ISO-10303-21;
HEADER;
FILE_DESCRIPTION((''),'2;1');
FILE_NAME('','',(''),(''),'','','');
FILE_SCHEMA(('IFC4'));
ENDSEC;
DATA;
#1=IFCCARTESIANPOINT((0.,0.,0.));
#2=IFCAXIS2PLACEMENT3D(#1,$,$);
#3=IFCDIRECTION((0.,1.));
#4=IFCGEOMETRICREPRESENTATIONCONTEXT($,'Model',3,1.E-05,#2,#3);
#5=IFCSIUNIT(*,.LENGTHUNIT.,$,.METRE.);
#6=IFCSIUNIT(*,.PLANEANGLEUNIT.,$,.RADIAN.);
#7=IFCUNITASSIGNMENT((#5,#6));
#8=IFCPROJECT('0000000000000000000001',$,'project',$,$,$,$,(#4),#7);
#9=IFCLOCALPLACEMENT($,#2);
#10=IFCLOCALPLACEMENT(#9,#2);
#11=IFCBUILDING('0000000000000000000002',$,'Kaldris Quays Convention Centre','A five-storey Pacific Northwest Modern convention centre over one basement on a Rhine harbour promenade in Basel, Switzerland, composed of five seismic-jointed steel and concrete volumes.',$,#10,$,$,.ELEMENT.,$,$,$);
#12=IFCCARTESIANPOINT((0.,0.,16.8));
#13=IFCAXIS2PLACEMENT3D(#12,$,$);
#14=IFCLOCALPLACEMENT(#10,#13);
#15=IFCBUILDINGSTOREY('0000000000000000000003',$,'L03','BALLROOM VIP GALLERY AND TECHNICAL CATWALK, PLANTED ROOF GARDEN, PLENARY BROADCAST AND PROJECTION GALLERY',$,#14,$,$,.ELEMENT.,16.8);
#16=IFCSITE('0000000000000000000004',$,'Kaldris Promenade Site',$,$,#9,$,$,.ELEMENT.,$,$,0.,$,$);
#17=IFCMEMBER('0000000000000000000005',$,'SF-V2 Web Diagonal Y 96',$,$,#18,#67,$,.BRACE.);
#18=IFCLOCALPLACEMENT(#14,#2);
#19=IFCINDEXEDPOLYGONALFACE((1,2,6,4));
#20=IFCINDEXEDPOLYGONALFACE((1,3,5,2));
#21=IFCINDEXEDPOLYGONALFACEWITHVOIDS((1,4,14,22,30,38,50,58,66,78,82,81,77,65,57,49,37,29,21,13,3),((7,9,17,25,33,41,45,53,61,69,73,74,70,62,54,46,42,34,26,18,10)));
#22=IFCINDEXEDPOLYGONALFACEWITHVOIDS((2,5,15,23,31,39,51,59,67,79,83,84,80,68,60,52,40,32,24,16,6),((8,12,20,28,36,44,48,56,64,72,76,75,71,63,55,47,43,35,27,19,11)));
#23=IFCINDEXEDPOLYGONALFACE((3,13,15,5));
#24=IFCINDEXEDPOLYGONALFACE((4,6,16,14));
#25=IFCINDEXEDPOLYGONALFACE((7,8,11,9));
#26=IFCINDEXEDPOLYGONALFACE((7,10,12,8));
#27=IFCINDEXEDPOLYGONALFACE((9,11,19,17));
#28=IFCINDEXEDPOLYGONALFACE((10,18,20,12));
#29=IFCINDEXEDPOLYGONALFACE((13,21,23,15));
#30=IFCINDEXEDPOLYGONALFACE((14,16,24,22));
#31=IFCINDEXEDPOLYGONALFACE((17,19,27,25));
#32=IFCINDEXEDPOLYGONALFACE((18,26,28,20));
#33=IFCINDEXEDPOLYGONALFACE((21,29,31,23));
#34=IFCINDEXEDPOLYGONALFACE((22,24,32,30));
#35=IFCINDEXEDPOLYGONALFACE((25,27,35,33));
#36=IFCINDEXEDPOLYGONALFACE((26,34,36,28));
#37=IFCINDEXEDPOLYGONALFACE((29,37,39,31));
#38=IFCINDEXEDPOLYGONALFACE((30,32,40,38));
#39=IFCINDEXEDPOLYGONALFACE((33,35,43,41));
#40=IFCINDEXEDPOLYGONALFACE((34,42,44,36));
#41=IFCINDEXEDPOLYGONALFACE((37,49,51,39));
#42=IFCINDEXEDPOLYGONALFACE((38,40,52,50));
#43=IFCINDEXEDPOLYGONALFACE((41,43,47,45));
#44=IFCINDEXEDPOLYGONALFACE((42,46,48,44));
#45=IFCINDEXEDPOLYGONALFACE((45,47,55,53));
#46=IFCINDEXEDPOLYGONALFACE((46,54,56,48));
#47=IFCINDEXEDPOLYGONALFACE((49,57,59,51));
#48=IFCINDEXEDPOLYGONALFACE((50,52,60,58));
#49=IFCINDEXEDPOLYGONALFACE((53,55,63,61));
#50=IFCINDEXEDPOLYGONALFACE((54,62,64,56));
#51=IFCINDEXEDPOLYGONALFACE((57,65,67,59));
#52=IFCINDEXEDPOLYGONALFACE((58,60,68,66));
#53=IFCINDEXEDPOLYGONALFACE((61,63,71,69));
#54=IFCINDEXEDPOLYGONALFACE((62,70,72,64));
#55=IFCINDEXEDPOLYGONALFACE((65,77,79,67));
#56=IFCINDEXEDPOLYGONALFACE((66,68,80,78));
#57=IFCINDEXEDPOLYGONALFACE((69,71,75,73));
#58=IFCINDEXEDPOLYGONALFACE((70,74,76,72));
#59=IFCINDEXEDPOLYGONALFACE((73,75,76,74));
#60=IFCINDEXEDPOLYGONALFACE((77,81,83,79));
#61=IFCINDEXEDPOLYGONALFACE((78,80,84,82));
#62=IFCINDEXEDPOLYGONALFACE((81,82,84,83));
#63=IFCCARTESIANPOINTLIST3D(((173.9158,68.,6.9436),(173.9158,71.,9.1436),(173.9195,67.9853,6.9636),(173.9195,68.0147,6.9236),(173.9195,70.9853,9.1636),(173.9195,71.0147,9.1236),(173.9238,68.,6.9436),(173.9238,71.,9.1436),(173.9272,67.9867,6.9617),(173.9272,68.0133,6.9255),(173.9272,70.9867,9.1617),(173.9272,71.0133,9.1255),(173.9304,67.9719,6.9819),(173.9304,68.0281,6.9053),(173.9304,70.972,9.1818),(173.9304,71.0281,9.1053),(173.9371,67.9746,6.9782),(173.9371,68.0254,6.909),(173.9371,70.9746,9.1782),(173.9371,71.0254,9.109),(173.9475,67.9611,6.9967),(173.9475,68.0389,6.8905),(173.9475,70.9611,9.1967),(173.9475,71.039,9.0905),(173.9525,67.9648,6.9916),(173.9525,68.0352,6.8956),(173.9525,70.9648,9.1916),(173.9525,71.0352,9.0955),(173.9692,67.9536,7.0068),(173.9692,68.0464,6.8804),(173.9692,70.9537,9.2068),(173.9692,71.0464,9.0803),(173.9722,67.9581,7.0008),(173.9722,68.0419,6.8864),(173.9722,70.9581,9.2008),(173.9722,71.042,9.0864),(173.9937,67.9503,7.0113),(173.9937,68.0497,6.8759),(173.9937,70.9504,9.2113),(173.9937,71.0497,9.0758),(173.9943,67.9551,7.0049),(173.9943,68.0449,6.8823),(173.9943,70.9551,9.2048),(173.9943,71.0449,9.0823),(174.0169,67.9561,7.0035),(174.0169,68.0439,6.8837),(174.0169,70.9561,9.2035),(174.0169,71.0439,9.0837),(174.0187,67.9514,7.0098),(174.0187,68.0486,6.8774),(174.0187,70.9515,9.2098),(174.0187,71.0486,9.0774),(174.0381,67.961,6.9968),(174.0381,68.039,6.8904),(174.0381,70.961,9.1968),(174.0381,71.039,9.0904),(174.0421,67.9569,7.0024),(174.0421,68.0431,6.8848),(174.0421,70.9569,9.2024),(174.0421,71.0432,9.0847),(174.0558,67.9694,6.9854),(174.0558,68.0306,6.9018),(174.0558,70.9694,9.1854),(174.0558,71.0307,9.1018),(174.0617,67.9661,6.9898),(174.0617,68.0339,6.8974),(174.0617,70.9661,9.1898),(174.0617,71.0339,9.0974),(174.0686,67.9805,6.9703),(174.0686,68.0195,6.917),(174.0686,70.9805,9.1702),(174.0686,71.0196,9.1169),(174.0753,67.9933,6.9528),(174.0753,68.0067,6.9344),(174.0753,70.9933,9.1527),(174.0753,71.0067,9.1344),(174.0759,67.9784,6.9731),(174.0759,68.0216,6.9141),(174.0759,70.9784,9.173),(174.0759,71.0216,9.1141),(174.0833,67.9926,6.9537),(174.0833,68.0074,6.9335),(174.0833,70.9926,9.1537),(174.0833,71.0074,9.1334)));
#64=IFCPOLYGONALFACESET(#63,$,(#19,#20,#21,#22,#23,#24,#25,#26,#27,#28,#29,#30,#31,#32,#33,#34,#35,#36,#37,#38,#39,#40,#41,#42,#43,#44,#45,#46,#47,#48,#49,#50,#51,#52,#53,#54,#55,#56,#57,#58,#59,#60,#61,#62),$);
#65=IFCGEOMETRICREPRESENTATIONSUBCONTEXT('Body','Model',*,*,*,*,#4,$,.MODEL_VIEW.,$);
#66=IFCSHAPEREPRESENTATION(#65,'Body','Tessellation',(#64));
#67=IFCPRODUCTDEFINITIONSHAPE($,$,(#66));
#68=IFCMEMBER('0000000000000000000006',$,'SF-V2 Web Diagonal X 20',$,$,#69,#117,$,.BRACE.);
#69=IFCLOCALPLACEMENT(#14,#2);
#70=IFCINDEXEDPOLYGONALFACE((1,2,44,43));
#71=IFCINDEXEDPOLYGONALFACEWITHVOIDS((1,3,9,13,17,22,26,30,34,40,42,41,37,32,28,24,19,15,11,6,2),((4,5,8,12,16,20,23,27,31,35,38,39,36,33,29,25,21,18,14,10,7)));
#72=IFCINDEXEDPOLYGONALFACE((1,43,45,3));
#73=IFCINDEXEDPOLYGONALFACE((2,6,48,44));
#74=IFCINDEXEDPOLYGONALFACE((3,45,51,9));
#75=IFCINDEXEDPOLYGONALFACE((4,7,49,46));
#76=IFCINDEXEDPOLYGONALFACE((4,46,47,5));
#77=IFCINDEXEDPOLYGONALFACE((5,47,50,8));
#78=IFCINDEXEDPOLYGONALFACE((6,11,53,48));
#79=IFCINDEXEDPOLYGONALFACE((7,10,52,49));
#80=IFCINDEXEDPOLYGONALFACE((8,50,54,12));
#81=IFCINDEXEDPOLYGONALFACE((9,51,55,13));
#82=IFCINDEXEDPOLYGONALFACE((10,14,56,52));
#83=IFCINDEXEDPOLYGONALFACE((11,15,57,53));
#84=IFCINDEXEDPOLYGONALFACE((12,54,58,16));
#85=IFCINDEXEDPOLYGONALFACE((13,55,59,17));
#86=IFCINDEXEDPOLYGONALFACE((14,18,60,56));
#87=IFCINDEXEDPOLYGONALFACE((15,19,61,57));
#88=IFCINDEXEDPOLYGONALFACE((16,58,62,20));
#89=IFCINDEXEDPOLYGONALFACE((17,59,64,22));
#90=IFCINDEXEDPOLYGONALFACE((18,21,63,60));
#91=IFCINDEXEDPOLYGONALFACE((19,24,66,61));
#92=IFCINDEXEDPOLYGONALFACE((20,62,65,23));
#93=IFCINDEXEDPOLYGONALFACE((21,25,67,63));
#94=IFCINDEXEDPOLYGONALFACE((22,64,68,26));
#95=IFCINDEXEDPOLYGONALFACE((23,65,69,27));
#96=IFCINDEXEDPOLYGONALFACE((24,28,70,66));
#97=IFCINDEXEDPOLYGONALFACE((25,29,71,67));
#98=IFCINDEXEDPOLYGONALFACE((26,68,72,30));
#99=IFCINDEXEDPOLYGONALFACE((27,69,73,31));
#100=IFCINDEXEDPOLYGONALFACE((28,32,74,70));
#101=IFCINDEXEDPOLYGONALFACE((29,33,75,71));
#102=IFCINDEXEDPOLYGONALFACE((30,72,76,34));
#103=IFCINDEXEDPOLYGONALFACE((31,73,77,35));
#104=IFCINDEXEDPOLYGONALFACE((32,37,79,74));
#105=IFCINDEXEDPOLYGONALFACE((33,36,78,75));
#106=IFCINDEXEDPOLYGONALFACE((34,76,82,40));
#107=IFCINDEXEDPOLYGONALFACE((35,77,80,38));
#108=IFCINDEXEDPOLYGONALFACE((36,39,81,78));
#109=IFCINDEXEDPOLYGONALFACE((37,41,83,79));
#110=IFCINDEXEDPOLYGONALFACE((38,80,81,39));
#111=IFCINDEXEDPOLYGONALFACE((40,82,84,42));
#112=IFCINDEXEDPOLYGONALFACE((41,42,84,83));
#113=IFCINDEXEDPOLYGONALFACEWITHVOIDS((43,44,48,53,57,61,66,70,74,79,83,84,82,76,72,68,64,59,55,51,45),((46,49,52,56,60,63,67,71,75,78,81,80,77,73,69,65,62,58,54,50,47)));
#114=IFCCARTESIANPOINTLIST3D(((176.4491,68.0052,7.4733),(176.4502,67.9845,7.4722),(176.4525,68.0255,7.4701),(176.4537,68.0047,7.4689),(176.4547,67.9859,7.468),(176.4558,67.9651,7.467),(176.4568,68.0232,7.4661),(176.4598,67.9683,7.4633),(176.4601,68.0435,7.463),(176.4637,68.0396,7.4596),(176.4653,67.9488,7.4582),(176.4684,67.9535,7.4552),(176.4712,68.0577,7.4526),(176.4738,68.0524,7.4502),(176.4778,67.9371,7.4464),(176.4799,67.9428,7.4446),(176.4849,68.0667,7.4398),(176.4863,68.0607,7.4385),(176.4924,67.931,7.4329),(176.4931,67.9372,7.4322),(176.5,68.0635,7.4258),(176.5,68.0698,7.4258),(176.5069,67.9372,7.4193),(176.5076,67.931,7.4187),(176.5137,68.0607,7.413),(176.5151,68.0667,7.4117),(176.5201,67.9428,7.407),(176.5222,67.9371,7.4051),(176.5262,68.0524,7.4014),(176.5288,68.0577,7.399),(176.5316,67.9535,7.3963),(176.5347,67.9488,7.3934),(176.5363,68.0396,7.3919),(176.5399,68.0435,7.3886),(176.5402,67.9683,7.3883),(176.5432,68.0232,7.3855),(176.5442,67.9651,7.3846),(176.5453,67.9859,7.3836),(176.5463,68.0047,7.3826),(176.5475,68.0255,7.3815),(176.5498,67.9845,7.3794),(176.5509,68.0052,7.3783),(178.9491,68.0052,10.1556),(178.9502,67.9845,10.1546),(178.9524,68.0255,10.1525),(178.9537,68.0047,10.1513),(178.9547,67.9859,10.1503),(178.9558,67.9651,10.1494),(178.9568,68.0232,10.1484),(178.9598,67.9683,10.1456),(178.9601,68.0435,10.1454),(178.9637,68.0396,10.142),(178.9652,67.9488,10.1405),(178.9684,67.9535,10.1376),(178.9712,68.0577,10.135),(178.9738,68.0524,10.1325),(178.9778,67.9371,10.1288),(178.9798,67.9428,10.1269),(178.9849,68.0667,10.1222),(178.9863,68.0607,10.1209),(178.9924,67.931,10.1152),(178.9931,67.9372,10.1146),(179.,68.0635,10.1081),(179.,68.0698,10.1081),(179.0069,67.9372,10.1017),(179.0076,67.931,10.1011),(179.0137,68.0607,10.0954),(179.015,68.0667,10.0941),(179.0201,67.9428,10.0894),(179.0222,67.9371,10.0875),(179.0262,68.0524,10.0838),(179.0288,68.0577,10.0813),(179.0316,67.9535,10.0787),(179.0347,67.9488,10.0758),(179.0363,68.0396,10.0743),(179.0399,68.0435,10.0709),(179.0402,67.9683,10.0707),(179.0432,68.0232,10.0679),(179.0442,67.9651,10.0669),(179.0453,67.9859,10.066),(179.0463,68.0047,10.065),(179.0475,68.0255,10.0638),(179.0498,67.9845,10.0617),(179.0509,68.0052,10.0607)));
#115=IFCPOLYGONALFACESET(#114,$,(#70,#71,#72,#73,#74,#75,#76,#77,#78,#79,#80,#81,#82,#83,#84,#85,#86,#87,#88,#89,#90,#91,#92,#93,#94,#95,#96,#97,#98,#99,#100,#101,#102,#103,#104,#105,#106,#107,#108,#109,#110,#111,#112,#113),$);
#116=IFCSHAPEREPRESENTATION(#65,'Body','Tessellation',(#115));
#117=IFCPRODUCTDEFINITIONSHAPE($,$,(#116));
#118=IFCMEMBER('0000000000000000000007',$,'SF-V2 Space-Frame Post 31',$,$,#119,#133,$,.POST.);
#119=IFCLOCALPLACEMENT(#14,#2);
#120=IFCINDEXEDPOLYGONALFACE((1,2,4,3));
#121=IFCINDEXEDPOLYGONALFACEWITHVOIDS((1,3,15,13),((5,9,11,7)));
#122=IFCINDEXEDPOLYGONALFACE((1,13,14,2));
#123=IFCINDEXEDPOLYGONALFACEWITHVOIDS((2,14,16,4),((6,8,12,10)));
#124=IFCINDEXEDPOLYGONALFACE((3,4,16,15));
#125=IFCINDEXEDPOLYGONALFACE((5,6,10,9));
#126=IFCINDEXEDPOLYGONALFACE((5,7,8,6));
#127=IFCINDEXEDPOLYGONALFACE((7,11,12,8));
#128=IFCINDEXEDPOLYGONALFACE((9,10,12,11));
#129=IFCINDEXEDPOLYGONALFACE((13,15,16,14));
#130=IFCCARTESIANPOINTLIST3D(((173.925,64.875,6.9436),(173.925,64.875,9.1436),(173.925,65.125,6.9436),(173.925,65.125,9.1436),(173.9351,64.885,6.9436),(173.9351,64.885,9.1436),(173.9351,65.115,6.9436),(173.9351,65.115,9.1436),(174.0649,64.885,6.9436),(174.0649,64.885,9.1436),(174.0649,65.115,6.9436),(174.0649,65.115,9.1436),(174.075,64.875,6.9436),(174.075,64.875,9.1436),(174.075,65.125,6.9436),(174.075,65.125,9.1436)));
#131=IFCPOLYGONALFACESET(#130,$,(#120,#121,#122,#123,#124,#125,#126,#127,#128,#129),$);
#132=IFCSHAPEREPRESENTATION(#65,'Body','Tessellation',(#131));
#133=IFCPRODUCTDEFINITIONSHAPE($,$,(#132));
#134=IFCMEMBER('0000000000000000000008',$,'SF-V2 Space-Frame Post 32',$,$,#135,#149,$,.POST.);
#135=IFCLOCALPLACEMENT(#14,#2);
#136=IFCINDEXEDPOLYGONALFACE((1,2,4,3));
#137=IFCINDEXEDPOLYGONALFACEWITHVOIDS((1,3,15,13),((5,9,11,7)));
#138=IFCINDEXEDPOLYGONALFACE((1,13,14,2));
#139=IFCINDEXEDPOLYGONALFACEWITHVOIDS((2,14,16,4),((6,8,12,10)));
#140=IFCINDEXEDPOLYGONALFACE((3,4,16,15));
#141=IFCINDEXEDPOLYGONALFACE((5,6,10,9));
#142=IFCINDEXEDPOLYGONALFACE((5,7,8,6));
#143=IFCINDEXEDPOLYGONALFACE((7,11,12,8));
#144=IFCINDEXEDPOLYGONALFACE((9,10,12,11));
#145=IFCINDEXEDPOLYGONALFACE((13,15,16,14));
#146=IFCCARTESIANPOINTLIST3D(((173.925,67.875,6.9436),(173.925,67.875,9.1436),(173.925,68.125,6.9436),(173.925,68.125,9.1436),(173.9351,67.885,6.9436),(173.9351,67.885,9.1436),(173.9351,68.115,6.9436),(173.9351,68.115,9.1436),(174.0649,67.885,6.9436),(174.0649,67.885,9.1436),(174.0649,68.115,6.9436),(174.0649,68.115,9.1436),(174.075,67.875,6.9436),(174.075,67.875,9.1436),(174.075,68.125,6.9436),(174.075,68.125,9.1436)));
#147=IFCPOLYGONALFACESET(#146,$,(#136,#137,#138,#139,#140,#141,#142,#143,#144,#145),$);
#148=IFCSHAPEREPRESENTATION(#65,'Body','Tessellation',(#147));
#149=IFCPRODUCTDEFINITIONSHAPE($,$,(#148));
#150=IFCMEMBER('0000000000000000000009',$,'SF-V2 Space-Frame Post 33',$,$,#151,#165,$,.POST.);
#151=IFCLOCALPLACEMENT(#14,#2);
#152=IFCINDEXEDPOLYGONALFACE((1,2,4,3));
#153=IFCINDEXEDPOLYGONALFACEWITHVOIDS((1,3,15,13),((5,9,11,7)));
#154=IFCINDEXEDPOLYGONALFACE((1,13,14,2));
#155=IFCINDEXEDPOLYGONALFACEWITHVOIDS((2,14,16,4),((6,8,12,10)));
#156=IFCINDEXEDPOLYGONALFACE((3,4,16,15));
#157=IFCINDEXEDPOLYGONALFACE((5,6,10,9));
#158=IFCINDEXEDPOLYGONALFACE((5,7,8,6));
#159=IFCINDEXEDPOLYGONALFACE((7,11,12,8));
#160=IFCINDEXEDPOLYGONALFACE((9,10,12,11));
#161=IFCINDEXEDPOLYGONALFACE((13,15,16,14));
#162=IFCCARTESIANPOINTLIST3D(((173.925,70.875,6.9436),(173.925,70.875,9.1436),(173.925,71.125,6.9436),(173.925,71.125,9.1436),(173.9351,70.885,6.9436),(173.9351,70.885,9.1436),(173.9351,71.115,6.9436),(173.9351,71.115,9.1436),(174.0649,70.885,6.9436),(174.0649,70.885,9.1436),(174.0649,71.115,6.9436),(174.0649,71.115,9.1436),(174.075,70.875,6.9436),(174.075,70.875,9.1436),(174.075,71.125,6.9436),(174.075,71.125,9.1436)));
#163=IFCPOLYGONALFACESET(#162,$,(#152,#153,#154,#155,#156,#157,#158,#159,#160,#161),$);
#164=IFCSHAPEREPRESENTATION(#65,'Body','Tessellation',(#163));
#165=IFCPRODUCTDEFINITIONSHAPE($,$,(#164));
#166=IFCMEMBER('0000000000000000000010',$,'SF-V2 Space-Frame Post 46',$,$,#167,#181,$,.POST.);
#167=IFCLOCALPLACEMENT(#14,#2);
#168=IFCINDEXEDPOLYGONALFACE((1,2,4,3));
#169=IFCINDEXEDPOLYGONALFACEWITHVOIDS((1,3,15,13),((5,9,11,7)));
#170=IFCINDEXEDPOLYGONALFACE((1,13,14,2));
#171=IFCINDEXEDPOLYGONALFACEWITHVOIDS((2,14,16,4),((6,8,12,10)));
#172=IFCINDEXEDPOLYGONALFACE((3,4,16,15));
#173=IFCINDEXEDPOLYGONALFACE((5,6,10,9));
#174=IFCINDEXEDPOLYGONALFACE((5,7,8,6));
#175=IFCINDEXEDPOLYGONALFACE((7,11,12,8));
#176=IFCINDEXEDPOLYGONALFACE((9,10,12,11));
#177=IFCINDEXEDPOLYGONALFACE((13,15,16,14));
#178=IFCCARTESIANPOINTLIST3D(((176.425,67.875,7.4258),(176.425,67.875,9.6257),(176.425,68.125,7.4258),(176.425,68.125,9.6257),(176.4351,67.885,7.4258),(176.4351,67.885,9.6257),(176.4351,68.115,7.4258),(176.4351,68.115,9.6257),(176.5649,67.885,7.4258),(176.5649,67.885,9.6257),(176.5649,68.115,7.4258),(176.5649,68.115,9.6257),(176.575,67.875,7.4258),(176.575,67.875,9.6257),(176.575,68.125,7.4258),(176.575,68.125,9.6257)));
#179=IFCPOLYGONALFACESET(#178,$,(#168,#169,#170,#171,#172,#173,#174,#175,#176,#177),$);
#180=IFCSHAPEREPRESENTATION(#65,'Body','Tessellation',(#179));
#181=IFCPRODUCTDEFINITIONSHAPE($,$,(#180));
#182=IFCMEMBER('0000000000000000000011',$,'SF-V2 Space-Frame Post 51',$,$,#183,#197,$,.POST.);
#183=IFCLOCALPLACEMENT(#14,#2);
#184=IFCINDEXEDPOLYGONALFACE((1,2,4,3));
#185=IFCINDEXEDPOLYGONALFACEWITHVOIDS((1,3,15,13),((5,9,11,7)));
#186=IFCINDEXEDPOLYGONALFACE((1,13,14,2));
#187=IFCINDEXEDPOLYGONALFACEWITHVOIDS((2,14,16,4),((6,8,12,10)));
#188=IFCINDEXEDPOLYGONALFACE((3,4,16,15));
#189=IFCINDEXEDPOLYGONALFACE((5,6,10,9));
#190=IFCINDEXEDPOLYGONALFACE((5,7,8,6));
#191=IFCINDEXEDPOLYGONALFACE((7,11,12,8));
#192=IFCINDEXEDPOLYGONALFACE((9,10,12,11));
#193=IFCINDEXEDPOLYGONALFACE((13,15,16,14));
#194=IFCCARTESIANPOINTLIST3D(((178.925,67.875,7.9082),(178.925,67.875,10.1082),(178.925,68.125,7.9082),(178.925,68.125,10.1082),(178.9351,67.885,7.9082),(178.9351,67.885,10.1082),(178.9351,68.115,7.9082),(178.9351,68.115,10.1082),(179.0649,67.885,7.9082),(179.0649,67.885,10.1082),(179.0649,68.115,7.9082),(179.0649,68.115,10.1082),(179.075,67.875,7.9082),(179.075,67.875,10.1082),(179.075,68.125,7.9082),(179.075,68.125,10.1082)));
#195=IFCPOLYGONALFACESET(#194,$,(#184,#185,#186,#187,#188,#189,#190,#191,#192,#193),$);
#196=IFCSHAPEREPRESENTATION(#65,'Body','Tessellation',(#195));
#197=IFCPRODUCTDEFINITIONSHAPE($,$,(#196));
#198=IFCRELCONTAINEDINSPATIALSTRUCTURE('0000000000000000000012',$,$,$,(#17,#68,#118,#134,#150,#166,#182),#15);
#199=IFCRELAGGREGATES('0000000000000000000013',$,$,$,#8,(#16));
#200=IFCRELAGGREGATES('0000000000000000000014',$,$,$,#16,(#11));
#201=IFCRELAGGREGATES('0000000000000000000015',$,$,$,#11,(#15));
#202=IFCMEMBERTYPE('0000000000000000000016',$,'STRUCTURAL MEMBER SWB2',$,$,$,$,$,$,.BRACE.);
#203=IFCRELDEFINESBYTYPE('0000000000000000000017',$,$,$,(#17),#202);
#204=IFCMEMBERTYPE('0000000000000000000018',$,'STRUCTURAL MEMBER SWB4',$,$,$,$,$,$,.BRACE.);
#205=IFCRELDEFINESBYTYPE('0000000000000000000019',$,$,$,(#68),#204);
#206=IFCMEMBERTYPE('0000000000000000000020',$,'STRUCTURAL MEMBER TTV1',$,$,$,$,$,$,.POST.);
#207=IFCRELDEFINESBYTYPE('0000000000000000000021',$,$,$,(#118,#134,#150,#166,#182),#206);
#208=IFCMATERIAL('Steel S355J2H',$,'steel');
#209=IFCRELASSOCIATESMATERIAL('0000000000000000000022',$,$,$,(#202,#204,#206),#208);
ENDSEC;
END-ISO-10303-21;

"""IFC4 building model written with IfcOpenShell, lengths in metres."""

from ifc_helpers import new_model, si_unit, direction, frame, origin, origin_2d, place, context, subcontext, project, spatial, hollow_rectangle, hollow_circle, extrude, material, material_profile, profile_set, type_object, element, save


model = new_model("IFC4")

# Units and contexts
model_context = context("Model", 3, precision=1e-05, world=origin(), true_north=direction((0.0, 1.0)))
body_context = subcontext(model_context, "Body", "Model", "MODEL_VIEW")
ifc_project = project(units=[si_unit("LENGTHUNIT", "METRE"), si_unit("PLANEANGLEUNIT", "RADIAN")], contexts=[model_context])

# Site, building, storey
site_placement = place(None, origin())
site = spatial("IfcSite", under=ifc_project, at=site_placement, Name="Kaldris Promenade Site", CompositionType="ELEMENT", RefElevation=0.0)
building_placement = place(site_placement, origin())
building = spatial("IfcBuilding", under=site, at=building_placement, Name="Kaldris Quays Convention Centre", Description="A five-storey Pacific Northwest Modern convention centre over one basement on a Rhine harbour promenade in Basel, Switzerland, composed of five seismic-jointed steel and concrete volumes.", CompositionType="ELEMENT")
storey_placement = place(building_placement, frame((0.0, 0.0, 16.8)))
storey = spatial("IfcBuildingStorey", under=building, at=storey_placement, Name="L03", Description="BALLROOM VIP GALLERY AND TECHNICAL CATWALK, PLANTED ROOF GARDEN, PLENARY BROADCAST AND PROJECTION GALLERY", CompositionType="ELEMENT", Elevation=16.8)

# Members
ifc_material_1 = material(Name="Steel S355J2H", Category="steel")
ifc_material_profile_1 = material_profile(ifc_material_1, hollow_circle(Radius=0.0842, WallThickness=0.0081, at=origin_2d()), Name="CHS 168.3x8")
ifc_profile_set_1 = profile_set([ifc_material_profile_1], Name="Steel S355J2H")
member_type_1 = type_object("IfcMemberType", Name="STRUCTURAL MEMBER SWB2", PredefinedType="BRACE", material=ifc_profile_set_1)
for number, where, z_axis, x_axis, name in (
    (1, (174.0, 68.0, 6.9436), (0.0, 0.806411, 0.591355), (-1.0, 0.0, 0.0), "SF-V2 Web Diagonal Y 96"),
):
    element("IfcMember", number, at=place(storey_placement, frame(where, z_axis=z_axis, x_axis=x_axis)), inside=storey, type_object=member_type_1, Name=name, PredefinedType="BRACE", context=body_context, shape_type="SweptSolid", body=[
        extrude(hollow_circle(Radius=0.0842, WallThickness=0.0081, at=origin_2d()), origin(), (0.0, 0.0, 1.0), 3.7202),
    ])
ifc_material_profile_2 = material_profile(ifc_material_1, hollow_circle(Radius=0.0698, WallThickness=0.0063, at=origin_2d()), Name="CHS 139.7x6.3")
ifc_profile_set_2 = profile_set([ifc_material_profile_2], Name="Steel S355J2H")
member_type_2 = type_object("IfcMemberType", Name="STRUCTURAL MEMBER SWB4", PredefinedType="BRACE", material=ifc_profile_set_2)
member_1_placement = place(storey_placement, frame((176.5, 68.0, 7.4258), z_axis=(0.681801, 0.0, 0.731538), x_axis=(0.0, 1.0, 0.0)))
element("IfcMember", 2, at=member_1_placement, inside=storey, type_object=member_type_2, Name="SF-V2 Web Diagonal X 20", PredefinedType="BRACE", context=body_context, shape_type="SweptSolid", body=[
    extrude(hollow_circle(Radius=0.0698, WallThickness=0.0063, at=origin_2d()), origin(), (0.0, 0.0, 1.0), 3.6667),
])
ifc_material_profile_3 = material_profile(ifc_material_1, hollow_rectangle(XDim=0.1499, YDim=0.25, WallThickness=0.01, at=origin_2d()), Name="RHS 250x150x10")
ifc_profile_set_3 = profile_set([ifc_material_profile_3], Name="Steel S355J2H")
member_type_3 = type_object("IfcMemberType", Name="STRUCTURAL MEMBER TTV1", PredefinedType="POST", material=ifc_profile_set_3)
for number, where, z_axis, x_axis, name in (
    (3, (174.0, 65.0, 6.9436), (0.0, 0.0, 1.0), (1.0, 0.0, 0.0), "SF-V2 Space-Frame Post 31"),
    (4, (174.0, 68.0, 6.9436), (0.0, 0.0, 1.0), (1.0, 0.0, 0.0), "SF-V2 Space-Frame Post 32"),
    (5, (174.0, 71.0, 6.9436), (0.0, 0.0, 1.0), (1.0, 0.0, 0.0), "SF-V2 Space-Frame Post 33"),
    (6, (176.5, 68.0, 7.4258), (0.0, 0.0, 1.0), (1.0, 0.0, 0.0), "SF-V2 Space-Frame Post 46"),
    (7, (179.0, 68.0, 7.9082), (0.0, 0.0, 1.0), (1.0, 0.0, 0.0), "SF-V2 Space-Frame Post 51"),
):
    element("IfcMember", number, at=place(storey_placement, frame(where, z_axis=z_axis, x_axis=x_axis)), inside=storey, type_object=member_type_3, Name=name, PredefinedType="POST", context=body_context, shape_type="SweptSolid", body=[
        extrude(hollow_rectangle(XDim=0.1499, YDim=0.25, WallThickness=0.01, at=origin_2d()), origin(), (0.0, 0.0, 1.0), 2.2),
    ])

save(model, "model.ifc")
